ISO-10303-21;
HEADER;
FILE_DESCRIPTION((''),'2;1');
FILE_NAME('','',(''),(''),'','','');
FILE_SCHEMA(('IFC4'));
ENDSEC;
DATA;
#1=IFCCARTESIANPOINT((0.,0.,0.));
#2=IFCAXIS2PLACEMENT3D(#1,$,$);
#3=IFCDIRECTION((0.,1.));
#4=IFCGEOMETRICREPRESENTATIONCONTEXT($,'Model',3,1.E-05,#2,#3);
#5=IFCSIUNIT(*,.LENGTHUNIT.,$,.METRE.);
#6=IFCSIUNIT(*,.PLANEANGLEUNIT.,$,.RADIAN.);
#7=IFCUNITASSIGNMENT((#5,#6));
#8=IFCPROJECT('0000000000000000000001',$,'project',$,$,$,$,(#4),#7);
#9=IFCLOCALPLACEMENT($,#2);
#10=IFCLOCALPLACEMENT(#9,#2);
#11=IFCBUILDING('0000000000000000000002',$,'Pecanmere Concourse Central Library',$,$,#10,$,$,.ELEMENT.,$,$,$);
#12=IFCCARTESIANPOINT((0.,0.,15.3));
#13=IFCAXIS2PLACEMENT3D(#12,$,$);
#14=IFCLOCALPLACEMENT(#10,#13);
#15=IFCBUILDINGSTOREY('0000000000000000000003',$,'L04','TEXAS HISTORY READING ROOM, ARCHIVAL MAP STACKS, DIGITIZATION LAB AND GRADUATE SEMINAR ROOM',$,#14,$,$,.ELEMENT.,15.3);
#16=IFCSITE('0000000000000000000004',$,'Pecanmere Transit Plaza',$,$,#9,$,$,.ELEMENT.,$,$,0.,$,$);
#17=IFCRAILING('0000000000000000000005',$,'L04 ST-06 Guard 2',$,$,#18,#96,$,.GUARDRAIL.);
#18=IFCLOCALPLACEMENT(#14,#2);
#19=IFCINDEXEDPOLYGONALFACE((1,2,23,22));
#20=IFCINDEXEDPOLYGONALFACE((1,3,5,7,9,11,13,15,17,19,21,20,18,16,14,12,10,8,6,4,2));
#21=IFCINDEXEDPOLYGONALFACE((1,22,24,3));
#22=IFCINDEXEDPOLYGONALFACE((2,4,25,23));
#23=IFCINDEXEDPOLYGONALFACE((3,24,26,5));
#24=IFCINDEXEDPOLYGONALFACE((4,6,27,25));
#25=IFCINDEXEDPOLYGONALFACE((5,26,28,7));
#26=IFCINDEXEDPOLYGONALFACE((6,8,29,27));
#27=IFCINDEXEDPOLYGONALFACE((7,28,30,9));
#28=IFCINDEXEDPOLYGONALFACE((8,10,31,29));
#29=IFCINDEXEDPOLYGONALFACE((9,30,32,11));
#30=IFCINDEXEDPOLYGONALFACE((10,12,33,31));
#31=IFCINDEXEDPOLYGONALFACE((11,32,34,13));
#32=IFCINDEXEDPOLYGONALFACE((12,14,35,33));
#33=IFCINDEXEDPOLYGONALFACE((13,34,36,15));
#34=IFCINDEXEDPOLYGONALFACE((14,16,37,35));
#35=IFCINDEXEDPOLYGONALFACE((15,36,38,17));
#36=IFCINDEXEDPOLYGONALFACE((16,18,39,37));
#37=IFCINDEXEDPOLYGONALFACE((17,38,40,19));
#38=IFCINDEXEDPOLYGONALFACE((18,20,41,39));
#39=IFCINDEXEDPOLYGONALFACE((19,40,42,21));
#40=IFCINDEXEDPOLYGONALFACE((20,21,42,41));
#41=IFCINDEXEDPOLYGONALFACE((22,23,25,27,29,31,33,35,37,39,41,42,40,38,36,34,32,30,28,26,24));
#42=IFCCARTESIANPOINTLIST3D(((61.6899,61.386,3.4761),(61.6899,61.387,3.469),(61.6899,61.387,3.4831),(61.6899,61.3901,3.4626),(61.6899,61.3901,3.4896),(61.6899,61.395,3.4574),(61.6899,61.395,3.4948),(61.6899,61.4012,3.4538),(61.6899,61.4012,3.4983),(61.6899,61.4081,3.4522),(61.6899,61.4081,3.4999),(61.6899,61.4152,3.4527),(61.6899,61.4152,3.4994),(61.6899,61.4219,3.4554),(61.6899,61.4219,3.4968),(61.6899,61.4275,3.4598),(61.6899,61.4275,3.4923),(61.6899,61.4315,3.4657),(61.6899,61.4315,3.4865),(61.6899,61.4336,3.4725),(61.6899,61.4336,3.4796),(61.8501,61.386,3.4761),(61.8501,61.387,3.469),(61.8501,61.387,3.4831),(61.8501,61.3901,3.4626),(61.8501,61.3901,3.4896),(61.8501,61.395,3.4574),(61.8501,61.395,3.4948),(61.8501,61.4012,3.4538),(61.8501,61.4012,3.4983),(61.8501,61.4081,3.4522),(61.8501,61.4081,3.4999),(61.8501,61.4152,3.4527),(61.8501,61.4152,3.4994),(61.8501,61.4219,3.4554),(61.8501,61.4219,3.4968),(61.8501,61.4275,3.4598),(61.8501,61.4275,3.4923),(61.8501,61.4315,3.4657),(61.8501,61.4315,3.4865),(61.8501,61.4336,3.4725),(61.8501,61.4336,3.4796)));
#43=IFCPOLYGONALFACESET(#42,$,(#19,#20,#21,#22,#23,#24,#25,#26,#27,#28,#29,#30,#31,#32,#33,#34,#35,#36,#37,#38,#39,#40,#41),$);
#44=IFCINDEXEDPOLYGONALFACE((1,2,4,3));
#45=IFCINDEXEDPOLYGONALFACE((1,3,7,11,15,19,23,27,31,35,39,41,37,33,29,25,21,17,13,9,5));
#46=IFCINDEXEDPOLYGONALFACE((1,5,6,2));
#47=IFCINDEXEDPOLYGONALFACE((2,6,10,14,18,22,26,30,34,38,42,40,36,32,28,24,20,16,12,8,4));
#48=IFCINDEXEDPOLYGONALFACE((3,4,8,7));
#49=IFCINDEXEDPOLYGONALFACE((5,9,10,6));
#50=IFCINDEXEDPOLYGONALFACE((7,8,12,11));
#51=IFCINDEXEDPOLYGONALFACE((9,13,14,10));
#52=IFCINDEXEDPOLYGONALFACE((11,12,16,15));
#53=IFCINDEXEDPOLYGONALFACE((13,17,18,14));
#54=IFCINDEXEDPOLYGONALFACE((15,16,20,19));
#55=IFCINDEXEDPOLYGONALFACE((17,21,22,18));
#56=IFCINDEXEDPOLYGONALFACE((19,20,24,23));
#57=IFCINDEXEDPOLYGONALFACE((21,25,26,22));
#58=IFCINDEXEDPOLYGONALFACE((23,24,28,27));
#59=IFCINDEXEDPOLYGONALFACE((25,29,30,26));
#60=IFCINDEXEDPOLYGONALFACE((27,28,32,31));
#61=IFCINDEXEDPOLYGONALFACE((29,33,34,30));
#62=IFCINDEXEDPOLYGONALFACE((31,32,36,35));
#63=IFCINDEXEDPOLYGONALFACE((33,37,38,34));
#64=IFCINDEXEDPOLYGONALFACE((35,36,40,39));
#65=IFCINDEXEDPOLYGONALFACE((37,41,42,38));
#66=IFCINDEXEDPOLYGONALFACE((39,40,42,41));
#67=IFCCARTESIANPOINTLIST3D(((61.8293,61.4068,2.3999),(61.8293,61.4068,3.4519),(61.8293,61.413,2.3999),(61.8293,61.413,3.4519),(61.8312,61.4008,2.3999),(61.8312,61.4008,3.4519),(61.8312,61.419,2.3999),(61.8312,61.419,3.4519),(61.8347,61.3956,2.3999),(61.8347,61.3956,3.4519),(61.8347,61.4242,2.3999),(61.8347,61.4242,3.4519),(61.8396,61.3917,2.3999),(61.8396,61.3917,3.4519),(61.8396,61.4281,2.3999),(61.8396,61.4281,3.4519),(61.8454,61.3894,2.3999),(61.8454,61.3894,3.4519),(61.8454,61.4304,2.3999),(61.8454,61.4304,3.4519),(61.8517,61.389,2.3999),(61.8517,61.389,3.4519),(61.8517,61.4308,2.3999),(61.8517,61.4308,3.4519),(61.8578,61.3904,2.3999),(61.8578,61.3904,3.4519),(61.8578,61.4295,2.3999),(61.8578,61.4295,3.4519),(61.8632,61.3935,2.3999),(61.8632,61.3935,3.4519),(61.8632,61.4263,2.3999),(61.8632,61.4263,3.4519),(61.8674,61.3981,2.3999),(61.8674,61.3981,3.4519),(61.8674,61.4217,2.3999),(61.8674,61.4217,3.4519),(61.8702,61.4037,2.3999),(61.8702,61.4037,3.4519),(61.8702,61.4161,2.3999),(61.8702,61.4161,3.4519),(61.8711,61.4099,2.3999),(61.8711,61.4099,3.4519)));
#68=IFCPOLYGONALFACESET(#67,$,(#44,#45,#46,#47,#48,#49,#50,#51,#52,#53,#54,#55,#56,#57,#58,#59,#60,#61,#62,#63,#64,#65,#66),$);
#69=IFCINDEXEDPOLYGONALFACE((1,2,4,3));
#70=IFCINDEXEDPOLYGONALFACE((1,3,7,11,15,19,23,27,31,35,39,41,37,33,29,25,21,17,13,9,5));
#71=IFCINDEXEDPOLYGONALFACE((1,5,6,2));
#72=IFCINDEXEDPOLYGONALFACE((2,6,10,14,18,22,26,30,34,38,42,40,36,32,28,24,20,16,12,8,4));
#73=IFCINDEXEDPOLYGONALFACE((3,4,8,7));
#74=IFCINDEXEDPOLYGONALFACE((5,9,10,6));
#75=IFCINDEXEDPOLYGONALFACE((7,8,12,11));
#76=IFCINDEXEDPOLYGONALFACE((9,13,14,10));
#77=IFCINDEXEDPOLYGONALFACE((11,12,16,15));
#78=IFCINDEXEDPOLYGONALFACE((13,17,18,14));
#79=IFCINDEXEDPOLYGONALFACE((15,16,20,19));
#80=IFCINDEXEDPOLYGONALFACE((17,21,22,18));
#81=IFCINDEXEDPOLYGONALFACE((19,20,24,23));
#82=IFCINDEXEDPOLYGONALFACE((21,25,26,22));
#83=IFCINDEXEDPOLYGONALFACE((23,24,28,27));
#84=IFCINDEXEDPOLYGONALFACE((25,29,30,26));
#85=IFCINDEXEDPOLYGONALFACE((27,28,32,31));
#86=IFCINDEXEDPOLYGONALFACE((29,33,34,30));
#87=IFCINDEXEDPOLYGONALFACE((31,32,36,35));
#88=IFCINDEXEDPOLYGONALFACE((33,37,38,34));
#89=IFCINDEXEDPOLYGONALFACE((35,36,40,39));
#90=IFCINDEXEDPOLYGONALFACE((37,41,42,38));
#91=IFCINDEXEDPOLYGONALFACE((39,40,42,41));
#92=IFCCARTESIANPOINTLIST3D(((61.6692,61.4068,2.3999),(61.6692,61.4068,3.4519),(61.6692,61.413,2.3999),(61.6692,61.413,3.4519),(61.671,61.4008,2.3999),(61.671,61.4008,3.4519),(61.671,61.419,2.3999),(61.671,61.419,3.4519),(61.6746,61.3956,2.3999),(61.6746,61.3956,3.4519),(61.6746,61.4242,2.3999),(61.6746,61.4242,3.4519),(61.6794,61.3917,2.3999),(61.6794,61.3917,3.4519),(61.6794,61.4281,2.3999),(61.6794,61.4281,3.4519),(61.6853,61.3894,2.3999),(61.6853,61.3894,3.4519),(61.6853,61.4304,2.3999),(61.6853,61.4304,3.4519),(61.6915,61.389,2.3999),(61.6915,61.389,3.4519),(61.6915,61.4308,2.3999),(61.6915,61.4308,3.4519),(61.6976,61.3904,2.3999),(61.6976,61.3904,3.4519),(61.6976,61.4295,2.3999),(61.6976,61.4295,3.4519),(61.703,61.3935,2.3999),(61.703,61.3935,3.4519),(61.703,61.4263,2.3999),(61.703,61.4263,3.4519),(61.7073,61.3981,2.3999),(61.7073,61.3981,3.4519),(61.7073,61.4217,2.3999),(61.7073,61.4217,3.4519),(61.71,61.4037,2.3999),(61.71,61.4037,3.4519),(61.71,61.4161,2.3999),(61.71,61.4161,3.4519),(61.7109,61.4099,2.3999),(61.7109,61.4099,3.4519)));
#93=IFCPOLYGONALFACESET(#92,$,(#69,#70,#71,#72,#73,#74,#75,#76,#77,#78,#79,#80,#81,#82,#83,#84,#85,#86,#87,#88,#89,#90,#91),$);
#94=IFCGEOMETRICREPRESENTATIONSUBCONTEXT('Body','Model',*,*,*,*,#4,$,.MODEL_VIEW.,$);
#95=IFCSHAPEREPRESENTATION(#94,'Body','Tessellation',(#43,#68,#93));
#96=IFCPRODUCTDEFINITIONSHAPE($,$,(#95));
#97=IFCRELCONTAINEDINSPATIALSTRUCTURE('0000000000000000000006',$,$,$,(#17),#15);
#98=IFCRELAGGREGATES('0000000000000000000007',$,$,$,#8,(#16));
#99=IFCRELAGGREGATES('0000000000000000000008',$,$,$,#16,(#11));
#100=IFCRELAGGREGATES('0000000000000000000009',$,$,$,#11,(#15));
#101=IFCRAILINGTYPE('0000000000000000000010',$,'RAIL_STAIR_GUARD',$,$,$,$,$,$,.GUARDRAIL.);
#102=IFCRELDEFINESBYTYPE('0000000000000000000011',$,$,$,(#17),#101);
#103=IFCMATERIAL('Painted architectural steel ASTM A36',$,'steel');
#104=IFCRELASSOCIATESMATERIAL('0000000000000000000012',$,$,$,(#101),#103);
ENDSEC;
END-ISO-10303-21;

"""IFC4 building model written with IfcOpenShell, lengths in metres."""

from ifc_helpers import new_model, si_unit, direction, frame, origin, origin_2d, place, context, subcontext, project, spatial, circle, extrude, material, type_object, element, save


model = new_model("IFC4")

# Units and contexts
model_context = context("Model", 3, precision=1e-05, world=origin(), true_north=direction((0.0, 1.0)))
body_context = subcontext(model_context, "Body", "Model", "MODEL_VIEW")
ifc_project = project(units=[si_unit("LENGTHUNIT", "METRE"), si_unit("PLANEANGLEUNIT", "RADIAN")], contexts=[model_context])

# Site, building, storey
site_placement = place(None, origin())
site = spatial("IfcSite", under=ifc_project, at=site_placement, Name="Pecanmere Transit Plaza", CompositionType="ELEMENT", RefElevation=0.0)
building_placement = place(site_placement, origin())
building = spatial("IfcBuilding", under=site, at=building_placement, Name="Pecanmere Concourse Central Library", CompositionType="ELEMENT")
storey_placement = place(building_placement, frame((0.0, 0.0, 15.3)))
storey = spatial("IfcBuildingStorey", under=building, at=storey_placement, Name="L04", Description="TEXAS HISTORY READING ROOM, ARCHIVAL MAP STACKS, DIGITIZATION LAB AND GRADUATE SEMINAR ROOM", CompositionType="ELEMENT", Elevation=15.3)

# Railing
ifc_material_1 = material(Name="Painted architectural steel ASTM A36", Category="steel")
railing_type_1 = type_object("IfcRailingType", Name="RAIL_STAIR_GUARD", PredefinedType="GUARDRAIL", material=ifc_material_1)
railing_1_placement = place(storey_placement, frame((61.8501, 61.4099, 2.3999)))
element("IfcRailing", 1, at=railing_1_placement, inside=storey, type_object=railing_type_1, Name="L04 ST-06 Guard 2", PredefinedType="GUARDRAIL", context=body_context, shape_type="SweptSolid", body=[
    extrude(circle(Radius=0.0239, at=origin_2d()), frame((0.0, 0.0, 1.0762), z_axis=(-1.0, 0.0, 0.0), x_axis=(0.0, -1.0, 0.0)), (0.0, 0.0, 1.0), 0.1602),
    extrude(circle(Radius=0.021, at=origin_2d()), origin(), (0.0, 0.0, 1.0), 1.052),
    extrude(circle(Radius=0.021, at=origin_2d()), frame((-0.1602, 0.0, 0.0)), (0.0, 0.0, 1.0), 1.052),
])

save(model, "model.ifc")
